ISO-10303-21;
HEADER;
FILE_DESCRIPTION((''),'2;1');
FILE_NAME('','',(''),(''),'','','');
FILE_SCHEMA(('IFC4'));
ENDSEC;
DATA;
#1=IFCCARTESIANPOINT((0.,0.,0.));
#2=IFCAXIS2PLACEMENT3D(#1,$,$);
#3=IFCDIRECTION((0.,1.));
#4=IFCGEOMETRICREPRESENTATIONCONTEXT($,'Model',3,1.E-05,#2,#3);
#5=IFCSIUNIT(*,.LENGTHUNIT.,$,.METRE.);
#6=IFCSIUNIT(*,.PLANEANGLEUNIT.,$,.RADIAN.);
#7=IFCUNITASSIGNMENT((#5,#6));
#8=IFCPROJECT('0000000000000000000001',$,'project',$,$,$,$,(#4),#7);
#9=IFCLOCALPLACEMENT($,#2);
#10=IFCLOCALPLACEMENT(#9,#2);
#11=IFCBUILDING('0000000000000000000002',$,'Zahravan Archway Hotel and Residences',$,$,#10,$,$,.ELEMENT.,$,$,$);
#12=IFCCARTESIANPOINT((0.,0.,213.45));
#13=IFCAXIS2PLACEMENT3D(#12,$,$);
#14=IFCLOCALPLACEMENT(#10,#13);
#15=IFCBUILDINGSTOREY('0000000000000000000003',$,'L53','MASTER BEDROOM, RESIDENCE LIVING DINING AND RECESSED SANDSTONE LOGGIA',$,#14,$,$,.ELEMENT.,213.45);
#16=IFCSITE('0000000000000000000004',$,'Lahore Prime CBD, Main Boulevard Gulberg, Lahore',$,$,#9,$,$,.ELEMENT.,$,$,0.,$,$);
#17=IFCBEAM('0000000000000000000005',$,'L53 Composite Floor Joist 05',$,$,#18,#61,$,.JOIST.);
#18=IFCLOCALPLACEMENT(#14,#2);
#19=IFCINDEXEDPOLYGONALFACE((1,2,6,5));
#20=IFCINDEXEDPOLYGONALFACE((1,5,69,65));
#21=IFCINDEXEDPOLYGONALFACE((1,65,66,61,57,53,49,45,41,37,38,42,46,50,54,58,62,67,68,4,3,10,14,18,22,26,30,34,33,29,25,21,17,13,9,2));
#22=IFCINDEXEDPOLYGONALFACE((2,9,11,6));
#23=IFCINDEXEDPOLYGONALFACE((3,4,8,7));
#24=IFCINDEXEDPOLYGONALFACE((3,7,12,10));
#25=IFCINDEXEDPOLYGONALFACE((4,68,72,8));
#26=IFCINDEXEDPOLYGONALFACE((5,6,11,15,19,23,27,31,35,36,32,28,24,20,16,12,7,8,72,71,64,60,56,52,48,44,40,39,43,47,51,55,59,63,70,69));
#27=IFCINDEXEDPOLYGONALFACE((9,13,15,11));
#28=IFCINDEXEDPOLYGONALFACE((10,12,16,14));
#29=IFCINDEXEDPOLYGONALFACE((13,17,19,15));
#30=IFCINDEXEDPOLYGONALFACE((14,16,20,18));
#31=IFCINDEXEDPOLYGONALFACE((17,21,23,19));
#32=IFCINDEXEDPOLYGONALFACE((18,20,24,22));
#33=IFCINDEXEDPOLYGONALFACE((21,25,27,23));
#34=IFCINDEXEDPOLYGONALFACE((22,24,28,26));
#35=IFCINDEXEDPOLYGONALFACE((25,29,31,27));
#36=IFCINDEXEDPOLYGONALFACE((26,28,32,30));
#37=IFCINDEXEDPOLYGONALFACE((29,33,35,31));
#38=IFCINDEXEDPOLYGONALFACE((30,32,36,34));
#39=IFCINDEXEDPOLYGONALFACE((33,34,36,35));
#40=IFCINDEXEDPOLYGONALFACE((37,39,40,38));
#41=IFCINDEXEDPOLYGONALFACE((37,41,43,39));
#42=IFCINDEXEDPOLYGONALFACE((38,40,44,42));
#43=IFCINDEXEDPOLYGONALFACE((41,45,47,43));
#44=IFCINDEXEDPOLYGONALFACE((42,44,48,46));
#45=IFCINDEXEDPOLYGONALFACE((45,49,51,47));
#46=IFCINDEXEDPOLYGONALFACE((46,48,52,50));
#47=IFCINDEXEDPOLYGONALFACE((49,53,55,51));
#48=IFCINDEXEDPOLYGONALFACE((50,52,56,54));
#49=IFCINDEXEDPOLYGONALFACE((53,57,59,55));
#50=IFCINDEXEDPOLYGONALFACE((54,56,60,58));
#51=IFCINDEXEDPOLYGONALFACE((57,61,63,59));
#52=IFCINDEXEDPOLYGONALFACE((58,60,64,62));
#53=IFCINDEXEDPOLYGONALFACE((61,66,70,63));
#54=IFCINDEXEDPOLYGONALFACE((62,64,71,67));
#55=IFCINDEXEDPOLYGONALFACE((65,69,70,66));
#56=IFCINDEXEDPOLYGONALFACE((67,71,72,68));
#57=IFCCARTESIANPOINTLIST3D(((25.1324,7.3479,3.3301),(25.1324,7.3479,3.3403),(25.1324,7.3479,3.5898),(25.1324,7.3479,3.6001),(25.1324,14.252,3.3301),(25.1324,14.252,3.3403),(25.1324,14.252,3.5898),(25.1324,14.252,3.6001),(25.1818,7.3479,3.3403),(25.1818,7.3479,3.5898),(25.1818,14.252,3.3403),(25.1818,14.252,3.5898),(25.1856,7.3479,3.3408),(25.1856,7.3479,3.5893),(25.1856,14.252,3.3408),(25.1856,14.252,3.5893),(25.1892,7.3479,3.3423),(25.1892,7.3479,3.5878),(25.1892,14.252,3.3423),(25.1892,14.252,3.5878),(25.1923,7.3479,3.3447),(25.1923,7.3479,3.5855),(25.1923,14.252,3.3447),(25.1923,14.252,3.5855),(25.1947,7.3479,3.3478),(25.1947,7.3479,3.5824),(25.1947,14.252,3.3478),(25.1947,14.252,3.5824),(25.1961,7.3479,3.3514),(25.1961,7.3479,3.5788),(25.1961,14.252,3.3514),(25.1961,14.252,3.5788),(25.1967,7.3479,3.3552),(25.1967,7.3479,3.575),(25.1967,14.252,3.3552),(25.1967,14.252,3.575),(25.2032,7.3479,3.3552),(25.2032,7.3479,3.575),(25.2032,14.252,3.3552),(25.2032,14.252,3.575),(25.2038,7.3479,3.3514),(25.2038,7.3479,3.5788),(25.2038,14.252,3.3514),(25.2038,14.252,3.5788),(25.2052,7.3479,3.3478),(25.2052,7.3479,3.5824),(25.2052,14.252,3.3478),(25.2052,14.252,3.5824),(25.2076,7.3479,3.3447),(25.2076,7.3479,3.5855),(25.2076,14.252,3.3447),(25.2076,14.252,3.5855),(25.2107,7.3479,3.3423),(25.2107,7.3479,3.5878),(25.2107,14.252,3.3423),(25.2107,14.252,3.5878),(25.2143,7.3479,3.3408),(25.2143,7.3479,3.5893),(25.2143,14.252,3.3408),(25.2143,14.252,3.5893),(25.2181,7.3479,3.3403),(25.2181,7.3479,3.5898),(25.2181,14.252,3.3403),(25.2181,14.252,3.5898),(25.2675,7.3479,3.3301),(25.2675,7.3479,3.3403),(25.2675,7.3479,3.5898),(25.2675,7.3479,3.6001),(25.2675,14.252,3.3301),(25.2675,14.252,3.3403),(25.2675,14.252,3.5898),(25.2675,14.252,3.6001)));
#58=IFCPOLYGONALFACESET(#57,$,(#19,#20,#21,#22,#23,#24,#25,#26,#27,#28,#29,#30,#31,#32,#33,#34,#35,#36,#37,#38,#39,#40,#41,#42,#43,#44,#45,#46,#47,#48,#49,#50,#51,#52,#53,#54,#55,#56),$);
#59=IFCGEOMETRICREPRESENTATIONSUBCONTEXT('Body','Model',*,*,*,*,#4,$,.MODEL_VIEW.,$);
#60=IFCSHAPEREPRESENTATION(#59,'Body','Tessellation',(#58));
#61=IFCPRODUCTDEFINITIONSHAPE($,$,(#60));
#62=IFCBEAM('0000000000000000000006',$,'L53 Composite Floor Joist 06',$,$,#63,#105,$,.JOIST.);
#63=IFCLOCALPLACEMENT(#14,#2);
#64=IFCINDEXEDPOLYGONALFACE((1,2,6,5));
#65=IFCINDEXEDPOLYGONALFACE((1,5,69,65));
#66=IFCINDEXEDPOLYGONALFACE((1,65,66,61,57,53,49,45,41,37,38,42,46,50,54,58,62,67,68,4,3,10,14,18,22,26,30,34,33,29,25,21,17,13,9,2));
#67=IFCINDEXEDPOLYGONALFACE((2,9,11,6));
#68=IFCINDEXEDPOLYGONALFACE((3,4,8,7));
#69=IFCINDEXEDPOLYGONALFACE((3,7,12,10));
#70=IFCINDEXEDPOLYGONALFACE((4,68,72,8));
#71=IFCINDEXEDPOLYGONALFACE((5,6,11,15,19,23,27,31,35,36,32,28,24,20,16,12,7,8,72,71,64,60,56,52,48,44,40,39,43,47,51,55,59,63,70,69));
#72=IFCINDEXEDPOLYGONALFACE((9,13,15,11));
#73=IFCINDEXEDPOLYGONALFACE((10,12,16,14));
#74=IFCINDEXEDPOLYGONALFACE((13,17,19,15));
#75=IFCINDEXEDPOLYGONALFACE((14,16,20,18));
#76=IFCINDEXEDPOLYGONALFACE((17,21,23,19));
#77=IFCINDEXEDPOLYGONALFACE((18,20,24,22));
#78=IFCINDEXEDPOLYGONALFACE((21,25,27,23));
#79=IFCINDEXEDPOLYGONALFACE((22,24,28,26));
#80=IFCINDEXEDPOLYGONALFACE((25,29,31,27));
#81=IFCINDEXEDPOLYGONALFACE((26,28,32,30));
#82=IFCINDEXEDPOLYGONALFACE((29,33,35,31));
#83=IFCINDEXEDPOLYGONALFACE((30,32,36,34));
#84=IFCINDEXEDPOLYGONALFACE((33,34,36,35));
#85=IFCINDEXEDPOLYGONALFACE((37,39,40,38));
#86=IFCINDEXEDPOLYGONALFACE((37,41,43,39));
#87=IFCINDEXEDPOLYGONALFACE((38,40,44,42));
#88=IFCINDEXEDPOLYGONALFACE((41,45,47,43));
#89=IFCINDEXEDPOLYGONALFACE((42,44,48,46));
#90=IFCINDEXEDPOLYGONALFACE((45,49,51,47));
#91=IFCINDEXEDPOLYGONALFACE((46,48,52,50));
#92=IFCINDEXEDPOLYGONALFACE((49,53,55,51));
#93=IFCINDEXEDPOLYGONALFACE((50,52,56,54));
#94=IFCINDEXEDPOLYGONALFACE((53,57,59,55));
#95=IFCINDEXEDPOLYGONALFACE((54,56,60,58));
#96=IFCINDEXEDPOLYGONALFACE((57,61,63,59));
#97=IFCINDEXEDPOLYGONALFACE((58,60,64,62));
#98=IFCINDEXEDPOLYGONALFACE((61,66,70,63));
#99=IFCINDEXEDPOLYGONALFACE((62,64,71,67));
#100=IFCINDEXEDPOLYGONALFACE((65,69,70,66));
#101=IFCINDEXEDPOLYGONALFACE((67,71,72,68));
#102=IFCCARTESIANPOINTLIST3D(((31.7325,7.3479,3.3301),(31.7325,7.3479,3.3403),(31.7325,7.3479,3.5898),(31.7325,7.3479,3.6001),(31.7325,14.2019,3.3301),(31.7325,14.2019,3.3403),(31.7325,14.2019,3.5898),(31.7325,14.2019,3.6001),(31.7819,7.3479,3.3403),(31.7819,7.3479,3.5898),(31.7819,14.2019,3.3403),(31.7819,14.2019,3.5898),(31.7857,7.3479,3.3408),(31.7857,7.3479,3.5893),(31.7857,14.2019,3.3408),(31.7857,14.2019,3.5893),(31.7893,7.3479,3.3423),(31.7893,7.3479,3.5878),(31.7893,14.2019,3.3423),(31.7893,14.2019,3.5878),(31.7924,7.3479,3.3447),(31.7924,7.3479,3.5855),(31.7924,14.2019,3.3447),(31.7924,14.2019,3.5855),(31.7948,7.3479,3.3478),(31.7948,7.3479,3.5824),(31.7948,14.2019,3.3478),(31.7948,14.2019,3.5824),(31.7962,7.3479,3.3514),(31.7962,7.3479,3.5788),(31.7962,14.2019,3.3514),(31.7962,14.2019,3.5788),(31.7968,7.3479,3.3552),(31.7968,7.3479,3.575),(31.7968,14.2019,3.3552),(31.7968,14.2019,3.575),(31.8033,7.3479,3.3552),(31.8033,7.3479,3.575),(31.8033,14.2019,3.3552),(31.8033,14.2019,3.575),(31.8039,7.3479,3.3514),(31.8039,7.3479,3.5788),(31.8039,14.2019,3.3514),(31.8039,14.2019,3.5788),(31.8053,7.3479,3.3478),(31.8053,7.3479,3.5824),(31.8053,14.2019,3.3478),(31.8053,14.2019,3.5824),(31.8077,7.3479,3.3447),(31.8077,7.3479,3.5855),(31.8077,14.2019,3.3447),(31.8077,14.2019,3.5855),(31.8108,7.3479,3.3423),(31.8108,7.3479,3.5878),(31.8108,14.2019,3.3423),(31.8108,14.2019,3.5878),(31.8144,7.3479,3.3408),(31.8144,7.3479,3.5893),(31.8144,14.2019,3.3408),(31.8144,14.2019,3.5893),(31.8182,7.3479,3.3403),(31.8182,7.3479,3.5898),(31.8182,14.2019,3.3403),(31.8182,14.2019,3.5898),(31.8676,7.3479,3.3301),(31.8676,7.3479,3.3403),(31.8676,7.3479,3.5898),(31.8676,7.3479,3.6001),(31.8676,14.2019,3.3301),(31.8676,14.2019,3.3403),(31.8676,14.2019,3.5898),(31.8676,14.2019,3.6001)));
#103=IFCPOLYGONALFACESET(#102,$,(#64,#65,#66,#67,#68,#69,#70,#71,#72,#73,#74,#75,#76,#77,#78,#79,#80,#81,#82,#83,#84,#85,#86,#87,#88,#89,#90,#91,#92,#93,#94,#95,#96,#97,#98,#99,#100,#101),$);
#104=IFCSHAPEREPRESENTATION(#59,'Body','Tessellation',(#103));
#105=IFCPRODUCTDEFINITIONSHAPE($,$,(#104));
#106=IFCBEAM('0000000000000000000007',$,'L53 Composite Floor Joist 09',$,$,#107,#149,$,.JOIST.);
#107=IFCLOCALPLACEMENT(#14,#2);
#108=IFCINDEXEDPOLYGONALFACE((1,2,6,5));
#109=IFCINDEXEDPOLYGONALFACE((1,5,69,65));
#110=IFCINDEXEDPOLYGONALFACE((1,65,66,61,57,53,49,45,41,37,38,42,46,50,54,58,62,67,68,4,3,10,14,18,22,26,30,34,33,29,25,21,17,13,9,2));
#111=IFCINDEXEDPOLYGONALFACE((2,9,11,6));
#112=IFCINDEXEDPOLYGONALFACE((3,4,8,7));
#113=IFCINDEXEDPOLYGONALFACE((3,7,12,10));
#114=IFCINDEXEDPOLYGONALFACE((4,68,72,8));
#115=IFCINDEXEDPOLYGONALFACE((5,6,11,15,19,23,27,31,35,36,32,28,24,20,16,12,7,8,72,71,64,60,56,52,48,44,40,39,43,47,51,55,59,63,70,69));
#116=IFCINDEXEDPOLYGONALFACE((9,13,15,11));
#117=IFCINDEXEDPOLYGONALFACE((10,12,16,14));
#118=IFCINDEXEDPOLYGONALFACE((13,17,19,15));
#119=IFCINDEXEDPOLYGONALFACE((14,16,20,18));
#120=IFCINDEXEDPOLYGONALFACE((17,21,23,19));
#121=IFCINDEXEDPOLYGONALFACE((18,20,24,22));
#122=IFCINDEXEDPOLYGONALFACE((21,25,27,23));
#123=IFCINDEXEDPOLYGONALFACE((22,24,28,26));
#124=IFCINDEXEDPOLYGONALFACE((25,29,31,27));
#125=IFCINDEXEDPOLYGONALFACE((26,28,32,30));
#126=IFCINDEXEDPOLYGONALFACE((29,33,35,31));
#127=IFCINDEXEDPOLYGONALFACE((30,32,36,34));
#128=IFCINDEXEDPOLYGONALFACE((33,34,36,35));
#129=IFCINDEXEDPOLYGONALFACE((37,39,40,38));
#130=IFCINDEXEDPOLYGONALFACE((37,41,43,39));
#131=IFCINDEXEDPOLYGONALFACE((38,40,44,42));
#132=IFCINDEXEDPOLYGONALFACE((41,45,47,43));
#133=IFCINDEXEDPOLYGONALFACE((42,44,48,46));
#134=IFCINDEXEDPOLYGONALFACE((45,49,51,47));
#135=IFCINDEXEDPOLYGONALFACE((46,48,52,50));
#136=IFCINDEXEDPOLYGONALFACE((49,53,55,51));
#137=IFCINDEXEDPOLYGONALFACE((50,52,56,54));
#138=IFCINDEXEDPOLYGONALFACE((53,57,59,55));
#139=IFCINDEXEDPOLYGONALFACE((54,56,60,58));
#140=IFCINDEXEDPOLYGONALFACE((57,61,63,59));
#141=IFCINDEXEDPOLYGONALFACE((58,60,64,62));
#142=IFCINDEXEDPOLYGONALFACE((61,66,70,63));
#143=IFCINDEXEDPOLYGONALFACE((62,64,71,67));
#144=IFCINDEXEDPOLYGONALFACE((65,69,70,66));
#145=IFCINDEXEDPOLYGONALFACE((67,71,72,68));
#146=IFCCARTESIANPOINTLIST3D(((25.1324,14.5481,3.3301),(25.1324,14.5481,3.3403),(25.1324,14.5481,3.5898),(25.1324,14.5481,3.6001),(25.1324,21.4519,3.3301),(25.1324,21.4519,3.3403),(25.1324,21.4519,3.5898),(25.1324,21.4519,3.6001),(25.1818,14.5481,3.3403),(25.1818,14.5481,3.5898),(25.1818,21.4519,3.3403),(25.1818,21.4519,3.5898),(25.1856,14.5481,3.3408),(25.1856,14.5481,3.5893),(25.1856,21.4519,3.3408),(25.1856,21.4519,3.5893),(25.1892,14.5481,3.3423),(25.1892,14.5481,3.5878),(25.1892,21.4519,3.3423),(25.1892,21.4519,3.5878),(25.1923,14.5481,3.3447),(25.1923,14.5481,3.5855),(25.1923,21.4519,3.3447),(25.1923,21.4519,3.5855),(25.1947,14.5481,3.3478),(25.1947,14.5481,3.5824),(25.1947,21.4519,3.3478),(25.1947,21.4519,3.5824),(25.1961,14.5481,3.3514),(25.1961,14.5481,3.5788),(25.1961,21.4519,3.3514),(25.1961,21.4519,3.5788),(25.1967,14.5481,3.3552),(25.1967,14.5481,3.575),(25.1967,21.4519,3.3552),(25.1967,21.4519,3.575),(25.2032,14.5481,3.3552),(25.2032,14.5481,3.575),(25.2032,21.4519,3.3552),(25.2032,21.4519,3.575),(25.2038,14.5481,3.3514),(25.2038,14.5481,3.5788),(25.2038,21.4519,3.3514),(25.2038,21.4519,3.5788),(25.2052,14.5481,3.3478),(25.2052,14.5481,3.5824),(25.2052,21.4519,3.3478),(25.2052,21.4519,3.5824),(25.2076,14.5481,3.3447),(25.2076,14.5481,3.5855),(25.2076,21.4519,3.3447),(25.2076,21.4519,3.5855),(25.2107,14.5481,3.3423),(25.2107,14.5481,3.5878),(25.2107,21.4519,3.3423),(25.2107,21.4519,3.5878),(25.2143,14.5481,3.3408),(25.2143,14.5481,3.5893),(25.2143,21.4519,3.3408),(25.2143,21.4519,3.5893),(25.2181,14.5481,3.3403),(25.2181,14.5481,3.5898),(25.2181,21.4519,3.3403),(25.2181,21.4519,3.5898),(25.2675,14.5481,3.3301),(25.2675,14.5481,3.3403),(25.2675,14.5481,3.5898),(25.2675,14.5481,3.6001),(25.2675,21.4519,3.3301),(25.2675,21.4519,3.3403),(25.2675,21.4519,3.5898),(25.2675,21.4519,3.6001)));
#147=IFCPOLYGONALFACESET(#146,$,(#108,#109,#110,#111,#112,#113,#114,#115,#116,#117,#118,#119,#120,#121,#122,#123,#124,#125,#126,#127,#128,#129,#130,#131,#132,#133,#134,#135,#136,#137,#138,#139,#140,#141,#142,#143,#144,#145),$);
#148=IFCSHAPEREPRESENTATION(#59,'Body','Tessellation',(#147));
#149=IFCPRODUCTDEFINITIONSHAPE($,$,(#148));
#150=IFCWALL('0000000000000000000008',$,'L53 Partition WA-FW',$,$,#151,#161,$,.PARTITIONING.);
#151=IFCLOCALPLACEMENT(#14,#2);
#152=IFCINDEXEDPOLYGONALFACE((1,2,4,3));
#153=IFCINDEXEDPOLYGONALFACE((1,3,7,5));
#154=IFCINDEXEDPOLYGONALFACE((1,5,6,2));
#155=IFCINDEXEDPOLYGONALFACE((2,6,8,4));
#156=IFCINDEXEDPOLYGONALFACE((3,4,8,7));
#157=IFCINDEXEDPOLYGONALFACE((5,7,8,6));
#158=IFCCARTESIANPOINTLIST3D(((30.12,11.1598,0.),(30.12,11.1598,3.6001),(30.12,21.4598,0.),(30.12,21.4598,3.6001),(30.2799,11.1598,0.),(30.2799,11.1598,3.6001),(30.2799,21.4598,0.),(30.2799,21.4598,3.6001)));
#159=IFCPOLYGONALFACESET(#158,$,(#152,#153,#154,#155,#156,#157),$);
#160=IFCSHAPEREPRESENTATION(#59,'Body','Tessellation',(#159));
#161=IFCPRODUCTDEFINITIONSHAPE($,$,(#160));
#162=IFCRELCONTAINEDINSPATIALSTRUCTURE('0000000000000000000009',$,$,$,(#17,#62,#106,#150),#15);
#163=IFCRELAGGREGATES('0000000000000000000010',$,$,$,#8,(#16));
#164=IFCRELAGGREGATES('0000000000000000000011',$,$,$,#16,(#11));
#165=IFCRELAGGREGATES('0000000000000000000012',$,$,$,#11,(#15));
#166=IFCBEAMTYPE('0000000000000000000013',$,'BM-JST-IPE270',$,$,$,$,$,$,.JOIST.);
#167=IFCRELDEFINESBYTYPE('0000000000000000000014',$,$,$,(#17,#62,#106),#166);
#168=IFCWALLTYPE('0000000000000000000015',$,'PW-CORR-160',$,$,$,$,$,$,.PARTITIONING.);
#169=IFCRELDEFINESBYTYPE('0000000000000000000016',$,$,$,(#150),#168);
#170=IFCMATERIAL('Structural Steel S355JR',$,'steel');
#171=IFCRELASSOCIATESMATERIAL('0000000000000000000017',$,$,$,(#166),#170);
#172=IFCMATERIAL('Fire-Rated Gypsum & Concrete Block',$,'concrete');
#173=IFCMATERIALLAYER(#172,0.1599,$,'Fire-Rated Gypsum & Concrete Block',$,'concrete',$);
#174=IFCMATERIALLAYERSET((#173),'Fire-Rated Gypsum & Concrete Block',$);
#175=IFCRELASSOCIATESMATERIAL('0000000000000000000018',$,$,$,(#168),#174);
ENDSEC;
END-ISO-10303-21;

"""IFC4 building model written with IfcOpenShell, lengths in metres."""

from ifc_helpers import new_model, si_unit, direction, frame, frame_2d, origin, origin_2d, place, context, subcontext, project, spatial, rectangle, i_section, extrude, source, transform, mapped, material, layer, layer_set, material_profile, profile_set, type_object, type_shapes, element, save


model = new_model("IFC4")

# Units and contexts
model_context = context("Model", 3, precision=1e-05, world=origin(), true_north=direction((0.0, 1.0)))
body_context = subcontext(model_context, "Body", "Model", "MODEL_VIEW")
ifc_project = project(units=[si_unit("LENGTHUNIT", "METRE"), si_unit("PLANEANGLEUNIT", "RADIAN")], contexts=[model_context])

# Site, building, storey
site_placement = place(None, origin())
site = spatial("IfcSite", under=ifc_project, at=site_placement, Name="Lahore Prime CBD, Main Boulevard Gulberg, Lahore", CompositionType="ELEMENT", RefElevation=0.0)
building_placement = place(site_placement, origin())
building = spatial("IfcBuilding", under=site, at=building_placement, Name="Zahravan Archway Hotel and Residences", CompositionType="ELEMENT")
storey_placement = place(building_placement, frame((0.0, 0.0, 213.45)))
storey = spatial("IfcBuildingStorey", under=building, at=storey_placement, Name="L53", Description="MASTER BEDROOM, RESIDENCE LIVING DINING AND RECESSED SANDSTONE LOGGIA", CompositionType="ELEMENT", Elevation=213.45)

# Beams
ifc_material_1 = material(Name="Structural Steel S355JR", Category="steel")
ifc_material_profile_1 = material_profile(ifc_material_1, i_section(OverallWidth=0.135, OverallDepth=0.27, WebThickness=0.0066, FlangeThickness=0.0103, FilletRadius=0.0149, at=origin_2d()), Name="IPE 270", Category="steel")
ifc_profile_set_1 = profile_set([ifc_material_profile_1], Name="Structural Steel S355JR")
beam_type_1 = type_object("IfcBeamType", Name="BM-JST-IPE270", PredefinedType="JOIST", material=ifc_profile_set_1)
shared_shape_1 = source(origin(), body_context, "Body", "SweptSolid", [
    extrude(i_section(OverallWidth=0.135, OverallDepth=0.27, WebThickness=0.0066, FlangeThickness=0.0103, FilletRadius=0.0149, at=origin_2d()), origin(), (0.0, 0.0, 1.0), 6.9041),
])
type_shapes(beam_type_1, [shared_shape_1])
beam_1_placement = place(storey_placement, frame((25.2, 7.3479, 3.4651), z_axis=(0.0, 1.0, 0.0), x_axis=(-1.0, 0.0, 0.0)))
element("IfcBeam", 1, at=beam_1_placement, inside=storey, type_object=beam_type_1, Name="L53 Composite Floor Joist 05", PredefinedType="JOIST", context=body_context, shape_type="MappedRepresentation", body=[
    mapped(shared_shape_1, transform((0.0, 0.0, 0.0), scale=1.0)),
])
shared_shape_2 = source(origin(), body_context, "Body", "SweptSolid", [
    extrude(i_section(OverallWidth=0.135, OverallDepth=0.27, WebThickness=0.0066, FlangeThickness=0.0103, FilletRadius=0.0149, at=origin_2d()), origin(), (0.0, 0.0, 1.0), 6.854),
])
beam_2_placement = place(storey_placement, frame((31.8, 7.3479, 3.4651), z_axis=(0.0, 1.0, 0.0), x_axis=(-1.0, 0.0, 0.0)))
element("IfcBeam", 2, at=beam_2_placement, inside=storey, type_object=beam_type_1, Name="L53 Composite Floor Joist 06", PredefinedType="JOIST", context=body_context, shape_type="MappedRepresentation", body=[
    mapped(shared_shape_2, transform((0.0, 0.0, 0.0), scale=1.0)),
])
shared_shape_3 = source(origin(), body_context, "Body", "SweptSolid", [
    extrude(i_section(OverallWidth=0.135, OverallDepth=0.27, WebThickness=0.0066, FlangeThickness=0.0103, FilletRadius=0.0149, at=origin_2d()), origin(), (0.0, 0.0, 1.0), 6.9038),
])
beam_3_placement = place(storey_placement, frame((25.2, 14.5481, 3.4651), z_axis=(0.0, 1.0, 0.0), x_axis=(-1.0, 0.0, 0.0)))
element("IfcBeam", 3, at=beam_3_placement, inside=storey, type_object=beam_type_1, Name="L53 Composite Floor Joist 09", PredefinedType="JOIST", context=body_context, shape_type="MappedRepresentation", body=[
    mapped(shared_shape_3, transform((0.0, 0.0, 0.0), scale=1.0)),
])

# Wall
ifc_material_2 = material(Name="Fire-Rated Gypsum & Concrete Block", Category="concrete")
ifc_layer_1 = layer(ifc_material_2, 0.1599, Name="Fire-Rated Gypsum & Concrete Block", Category="concrete")
ifc_layer_set_1 = layer_set([ifc_layer_1], Name="Fire-Rated Gypsum & Concrete Block")
wall_type_1 = type_object("IfcWallType", Name="PW-CORR-160", PredefinedType="PARTITIONING", material=ifc_layer_set_1)
wall_1_placement = place(storey_placement, frame((30.2, 11.1599, 0.0), z_axis=(0.0, 0.0, 1.0), x_axis=(0.0, 1.0, 0.0)))
element("IfcWall", 4, at=wall_1_placement, inside=storey, type_object=wall_type_1, Name="L53 Partition WA-FW", PredefinedType="PARTITIONING", context=body_context, shape_type="SweptSolid", body=[
    extrude(rectangle(XDim=10.3, YDim=0.1599, at=frame_2d((5.1499, 0.0))), origin(), (0.0, 0.0, 1.0), 3.6001),
])

save(model, "model.ifc")
